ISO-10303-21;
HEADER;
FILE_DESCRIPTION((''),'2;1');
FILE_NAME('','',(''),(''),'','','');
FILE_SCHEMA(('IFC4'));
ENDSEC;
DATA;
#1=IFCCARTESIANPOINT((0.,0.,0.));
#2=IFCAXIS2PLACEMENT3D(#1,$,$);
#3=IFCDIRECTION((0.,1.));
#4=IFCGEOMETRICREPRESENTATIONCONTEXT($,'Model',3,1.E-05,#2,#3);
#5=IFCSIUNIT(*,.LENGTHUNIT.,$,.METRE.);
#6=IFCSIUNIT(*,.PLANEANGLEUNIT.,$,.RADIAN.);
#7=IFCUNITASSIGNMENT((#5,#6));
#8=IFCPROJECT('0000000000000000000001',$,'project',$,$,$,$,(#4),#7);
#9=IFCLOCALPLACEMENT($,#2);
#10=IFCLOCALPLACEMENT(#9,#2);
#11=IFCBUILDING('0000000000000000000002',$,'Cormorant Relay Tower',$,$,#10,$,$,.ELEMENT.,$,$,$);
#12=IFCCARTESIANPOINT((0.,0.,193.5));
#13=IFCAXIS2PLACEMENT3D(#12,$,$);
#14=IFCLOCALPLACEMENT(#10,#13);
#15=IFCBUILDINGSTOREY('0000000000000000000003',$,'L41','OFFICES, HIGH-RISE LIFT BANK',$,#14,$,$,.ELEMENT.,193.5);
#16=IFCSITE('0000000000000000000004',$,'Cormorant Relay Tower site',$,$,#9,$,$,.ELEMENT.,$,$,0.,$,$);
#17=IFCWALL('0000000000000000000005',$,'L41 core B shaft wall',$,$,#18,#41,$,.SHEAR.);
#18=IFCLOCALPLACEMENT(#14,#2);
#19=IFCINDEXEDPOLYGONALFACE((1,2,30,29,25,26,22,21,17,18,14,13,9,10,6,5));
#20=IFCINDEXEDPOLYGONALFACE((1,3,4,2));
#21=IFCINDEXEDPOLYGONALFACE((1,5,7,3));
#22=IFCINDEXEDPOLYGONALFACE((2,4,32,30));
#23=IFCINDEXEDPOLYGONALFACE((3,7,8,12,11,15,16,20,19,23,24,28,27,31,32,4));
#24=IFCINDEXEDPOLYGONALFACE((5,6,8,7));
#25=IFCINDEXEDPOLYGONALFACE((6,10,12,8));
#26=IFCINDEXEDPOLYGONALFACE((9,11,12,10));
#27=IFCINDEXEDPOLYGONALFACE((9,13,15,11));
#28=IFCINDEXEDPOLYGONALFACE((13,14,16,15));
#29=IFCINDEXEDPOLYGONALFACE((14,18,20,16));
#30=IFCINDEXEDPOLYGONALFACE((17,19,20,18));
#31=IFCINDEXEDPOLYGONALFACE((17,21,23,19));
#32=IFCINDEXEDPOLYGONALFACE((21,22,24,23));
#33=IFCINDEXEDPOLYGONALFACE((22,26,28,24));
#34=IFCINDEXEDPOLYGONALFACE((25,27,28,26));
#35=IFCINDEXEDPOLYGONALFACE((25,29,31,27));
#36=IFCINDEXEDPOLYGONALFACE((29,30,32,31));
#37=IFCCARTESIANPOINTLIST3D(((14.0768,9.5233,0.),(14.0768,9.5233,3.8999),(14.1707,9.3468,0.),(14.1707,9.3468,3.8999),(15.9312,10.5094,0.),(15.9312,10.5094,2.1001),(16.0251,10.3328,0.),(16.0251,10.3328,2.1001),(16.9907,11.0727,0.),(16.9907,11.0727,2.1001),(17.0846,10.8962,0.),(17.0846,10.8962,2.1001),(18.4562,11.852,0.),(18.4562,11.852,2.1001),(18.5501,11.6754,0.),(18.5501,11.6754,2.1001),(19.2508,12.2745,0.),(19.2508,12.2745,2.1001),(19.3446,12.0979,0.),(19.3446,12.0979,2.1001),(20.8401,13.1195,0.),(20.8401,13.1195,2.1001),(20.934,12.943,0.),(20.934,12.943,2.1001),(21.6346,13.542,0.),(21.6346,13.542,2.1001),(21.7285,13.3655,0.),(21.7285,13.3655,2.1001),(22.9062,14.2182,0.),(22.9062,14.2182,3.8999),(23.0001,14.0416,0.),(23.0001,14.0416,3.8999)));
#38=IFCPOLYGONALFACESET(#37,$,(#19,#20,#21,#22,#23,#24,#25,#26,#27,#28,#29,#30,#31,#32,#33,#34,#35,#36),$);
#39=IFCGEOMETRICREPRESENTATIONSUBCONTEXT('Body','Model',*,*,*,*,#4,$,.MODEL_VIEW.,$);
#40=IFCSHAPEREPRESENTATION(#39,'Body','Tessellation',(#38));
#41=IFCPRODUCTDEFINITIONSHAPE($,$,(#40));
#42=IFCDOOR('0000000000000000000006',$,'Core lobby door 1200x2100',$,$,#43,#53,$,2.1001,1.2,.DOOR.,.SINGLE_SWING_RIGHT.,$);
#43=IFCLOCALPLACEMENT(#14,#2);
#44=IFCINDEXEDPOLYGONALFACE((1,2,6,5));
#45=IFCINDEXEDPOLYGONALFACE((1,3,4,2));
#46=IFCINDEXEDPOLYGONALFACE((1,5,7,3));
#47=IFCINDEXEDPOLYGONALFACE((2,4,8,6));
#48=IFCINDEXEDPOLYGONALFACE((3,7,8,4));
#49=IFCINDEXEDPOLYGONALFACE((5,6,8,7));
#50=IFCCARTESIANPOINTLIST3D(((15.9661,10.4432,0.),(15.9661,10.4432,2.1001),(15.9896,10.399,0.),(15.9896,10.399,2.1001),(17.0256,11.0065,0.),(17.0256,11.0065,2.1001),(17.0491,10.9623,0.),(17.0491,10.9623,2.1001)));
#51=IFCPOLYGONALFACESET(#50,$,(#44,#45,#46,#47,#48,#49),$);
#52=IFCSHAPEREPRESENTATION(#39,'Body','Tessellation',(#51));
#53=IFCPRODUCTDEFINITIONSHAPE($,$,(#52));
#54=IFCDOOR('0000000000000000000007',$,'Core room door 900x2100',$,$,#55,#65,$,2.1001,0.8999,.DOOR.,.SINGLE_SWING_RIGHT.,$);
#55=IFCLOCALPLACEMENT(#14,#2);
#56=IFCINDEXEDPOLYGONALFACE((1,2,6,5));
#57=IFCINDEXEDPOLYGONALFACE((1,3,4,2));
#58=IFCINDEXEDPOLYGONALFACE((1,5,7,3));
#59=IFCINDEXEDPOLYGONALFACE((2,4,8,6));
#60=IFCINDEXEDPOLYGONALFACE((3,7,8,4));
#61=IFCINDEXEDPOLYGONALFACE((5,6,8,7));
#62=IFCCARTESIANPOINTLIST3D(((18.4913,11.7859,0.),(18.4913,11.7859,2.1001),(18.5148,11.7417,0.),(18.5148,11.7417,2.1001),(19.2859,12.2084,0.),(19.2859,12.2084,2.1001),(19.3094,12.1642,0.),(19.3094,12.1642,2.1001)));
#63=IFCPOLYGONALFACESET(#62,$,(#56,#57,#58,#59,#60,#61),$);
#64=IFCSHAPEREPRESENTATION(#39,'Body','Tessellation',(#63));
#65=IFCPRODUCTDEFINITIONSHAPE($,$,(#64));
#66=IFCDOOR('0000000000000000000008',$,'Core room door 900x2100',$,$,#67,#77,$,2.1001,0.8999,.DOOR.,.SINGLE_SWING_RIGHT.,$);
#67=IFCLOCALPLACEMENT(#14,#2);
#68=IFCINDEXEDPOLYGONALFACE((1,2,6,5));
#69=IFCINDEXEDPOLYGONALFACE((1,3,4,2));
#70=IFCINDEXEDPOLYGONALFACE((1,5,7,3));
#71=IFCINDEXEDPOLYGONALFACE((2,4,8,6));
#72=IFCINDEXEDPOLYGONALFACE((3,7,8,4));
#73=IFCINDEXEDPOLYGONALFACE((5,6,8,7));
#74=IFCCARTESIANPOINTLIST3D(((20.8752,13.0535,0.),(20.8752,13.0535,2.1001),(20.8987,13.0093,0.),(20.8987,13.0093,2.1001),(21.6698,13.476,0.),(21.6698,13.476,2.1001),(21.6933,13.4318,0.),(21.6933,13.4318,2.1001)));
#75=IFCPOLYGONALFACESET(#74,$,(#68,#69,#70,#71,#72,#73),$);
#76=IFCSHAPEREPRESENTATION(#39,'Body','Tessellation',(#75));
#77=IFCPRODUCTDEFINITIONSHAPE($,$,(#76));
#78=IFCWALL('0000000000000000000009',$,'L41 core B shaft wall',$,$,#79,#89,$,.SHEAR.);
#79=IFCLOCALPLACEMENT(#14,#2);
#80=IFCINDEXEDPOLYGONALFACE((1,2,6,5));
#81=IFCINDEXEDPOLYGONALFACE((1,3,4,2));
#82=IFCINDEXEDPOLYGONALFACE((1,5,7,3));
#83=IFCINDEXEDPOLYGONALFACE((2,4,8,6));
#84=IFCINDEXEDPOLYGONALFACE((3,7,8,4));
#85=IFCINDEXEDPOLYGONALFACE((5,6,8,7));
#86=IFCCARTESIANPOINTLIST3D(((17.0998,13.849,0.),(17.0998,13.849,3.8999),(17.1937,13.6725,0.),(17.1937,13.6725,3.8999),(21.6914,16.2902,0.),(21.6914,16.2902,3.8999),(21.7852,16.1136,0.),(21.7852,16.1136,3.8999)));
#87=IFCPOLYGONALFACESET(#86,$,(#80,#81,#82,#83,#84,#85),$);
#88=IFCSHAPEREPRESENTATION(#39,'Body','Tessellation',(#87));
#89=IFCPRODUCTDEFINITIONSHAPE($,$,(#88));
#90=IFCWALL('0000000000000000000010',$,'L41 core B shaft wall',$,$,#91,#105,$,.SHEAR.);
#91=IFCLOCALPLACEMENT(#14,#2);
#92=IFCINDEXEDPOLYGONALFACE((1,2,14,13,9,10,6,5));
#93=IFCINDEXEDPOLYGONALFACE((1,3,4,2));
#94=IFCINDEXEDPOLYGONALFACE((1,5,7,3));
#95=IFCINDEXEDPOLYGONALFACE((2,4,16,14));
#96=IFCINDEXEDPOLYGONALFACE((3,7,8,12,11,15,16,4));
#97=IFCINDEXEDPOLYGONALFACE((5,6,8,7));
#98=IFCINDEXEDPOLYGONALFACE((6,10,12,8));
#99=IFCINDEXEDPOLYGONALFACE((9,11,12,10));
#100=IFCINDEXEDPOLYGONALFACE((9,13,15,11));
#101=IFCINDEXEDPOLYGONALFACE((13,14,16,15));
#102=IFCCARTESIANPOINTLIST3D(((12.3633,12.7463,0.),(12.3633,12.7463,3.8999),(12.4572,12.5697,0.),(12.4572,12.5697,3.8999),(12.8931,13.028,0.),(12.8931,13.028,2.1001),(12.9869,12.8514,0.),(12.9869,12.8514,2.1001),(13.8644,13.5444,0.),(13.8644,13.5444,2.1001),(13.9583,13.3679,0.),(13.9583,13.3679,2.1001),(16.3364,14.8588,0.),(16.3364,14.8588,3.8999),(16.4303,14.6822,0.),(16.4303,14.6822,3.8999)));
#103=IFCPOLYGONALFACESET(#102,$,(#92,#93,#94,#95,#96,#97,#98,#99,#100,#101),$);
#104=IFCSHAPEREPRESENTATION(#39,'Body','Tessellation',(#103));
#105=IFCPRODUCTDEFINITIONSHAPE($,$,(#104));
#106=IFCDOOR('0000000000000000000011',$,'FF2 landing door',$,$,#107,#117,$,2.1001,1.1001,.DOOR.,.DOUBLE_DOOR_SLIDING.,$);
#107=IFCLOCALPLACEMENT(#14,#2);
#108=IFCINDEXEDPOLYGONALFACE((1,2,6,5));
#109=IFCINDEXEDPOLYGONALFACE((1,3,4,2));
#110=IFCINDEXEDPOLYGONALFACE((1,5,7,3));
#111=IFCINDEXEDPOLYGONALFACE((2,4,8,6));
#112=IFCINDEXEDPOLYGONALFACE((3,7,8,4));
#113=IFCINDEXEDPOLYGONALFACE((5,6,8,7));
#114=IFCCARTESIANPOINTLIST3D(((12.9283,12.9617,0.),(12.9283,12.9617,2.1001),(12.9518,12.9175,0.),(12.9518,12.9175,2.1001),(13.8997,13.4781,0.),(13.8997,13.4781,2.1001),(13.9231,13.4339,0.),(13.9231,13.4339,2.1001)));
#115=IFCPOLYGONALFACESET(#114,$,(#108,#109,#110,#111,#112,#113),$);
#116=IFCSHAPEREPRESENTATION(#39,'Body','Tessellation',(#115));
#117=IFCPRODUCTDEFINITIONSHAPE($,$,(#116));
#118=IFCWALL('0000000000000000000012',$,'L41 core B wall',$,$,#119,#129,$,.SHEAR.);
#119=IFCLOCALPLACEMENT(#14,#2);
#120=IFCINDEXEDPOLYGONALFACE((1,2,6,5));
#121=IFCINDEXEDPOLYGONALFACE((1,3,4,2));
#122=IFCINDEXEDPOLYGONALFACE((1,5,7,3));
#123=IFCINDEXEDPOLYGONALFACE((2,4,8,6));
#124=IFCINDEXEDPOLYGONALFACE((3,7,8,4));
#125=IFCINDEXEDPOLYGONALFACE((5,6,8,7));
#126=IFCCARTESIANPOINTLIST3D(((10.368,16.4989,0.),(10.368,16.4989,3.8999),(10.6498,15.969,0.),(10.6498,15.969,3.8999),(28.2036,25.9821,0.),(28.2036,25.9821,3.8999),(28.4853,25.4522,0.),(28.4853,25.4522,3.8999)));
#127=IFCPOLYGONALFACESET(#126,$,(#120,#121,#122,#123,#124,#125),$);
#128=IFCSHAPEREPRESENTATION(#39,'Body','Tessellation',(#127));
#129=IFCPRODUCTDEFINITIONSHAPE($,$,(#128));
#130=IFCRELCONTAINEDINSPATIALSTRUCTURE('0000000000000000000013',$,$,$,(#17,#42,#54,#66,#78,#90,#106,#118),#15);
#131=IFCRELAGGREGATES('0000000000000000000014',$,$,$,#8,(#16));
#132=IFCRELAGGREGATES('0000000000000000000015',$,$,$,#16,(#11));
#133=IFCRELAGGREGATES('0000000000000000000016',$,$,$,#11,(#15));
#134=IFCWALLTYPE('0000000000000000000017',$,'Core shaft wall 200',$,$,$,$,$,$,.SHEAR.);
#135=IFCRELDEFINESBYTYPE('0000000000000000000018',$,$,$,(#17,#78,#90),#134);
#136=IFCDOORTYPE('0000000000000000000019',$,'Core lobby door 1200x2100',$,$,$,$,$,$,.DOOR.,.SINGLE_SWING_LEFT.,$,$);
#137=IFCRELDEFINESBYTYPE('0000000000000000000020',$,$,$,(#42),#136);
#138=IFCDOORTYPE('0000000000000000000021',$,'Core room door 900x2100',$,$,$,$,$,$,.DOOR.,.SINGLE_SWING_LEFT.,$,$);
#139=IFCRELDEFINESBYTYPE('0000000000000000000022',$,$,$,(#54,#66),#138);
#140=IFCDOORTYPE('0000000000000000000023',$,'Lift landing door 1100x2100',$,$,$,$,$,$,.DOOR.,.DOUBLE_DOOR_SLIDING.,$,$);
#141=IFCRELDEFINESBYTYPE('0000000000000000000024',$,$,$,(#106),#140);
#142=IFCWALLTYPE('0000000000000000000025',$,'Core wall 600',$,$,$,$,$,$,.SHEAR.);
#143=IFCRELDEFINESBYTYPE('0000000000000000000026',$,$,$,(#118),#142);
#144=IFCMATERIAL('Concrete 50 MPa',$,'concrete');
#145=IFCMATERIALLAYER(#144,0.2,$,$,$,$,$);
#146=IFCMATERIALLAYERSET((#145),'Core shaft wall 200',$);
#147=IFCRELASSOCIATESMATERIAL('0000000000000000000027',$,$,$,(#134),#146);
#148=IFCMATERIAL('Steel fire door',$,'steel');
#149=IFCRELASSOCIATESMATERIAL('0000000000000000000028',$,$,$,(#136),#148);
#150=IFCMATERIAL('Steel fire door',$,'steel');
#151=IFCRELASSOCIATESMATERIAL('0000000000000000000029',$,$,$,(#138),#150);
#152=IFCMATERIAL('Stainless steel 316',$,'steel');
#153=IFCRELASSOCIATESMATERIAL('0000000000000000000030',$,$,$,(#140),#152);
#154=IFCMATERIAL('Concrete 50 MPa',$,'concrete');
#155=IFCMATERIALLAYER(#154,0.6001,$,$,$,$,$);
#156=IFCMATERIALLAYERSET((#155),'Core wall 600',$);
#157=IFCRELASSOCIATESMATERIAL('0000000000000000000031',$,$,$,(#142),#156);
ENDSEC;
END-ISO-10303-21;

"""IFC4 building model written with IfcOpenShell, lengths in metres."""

from ifc_helpers import new_model, si_unit, direction, frame, frame_2d, origin, place, context, subcontext, project, spatial, rectangle, extrude, material, layer, layer_set, type_object, element, fill, save


model = new_model("IFC4")

# Units and contexts
model_context = context("Model", 3, precision=1e-05, world=origin(), true_north=direction((0.0, 1.0)))
body_context = subcontext(model_context, "Body", "Model", "MODEL_VIEW")
ifc_project = project(units=[si_unit("LENGTHUNIT", "METRE"), si_unit("PLANEANGLEUNIT", "RADIAN")], contexts=[model_context])

# Site, building, storey
site_placement = place(None, origin())
site = spatial("IfcSite", under=ifc_project, at=site_placement, Name="Cormorant Relay Tower site", CompositionType="ELEMENT", RefElevation=0.0)
building_placement = place(site_placement, origin())
building = spatial("IfcBuilding", under=site, at=building_placement, Name="Cormorant Relay Tower", CompositionType="ELEMENT")
storey_placement = place(building_placement, frame((0.0, 0.0, 193.5)))
storey = spatial("IfcBuildingStorey", under=building, at=storey_placement, Name="L41", Description="OFFICES, HIGH-RISE LIFT BANK", CompositionType="ELEMENT", Elevation=193.5)

# Shared definitions
ifc_material_1 = material(Name="Concrete 50 MPa", Category="concrete")
ifc_layer_1 = layer(ifc_material_1, 0.2)
ifc_layer_set_1 = layer_set([ifc_layer_1], Name="Core shaft wall 200")
wall_type_1 = type_object("IfcWallType", Name="Core shaft wall 200", PredefinedType="SHEAR", material=ifc_layer_set_1)

# Wall, openings, doors
wall_1_placement = place(storey_placement, frame((14.1238, 9.4351, 0.0), z_axis=(0.0, 0.0, 1.0), x_axis=(0.88294, 0.469485, 0.0)))
wall_1 = element("IfcWall", 1, at=wall_1_placement, inside=storey, type_object=wall_type_1, Name="L41 core B shaft wall", PredefinedType="SHEAR", context=body_context, shape_type="SweptSolid", body=[
    extrude(rectangle(XDim=10.0, YDim=0.2, at=frame_2d((5.0, 0.0))), origin(), (0.0, 0.0, 1.0), 3.8999),
])
opening_1_placement = place(wall_1_placement, frame((2.1001, 0.0, 0.0)))
opening_1 = element("IfcOpeningElement", 2, at=opening_1_placement, cuts=wall_1, PredefinedType="OPENING", context=body_context, shape_type="SweptSolid", body=[
    extrude(rectangle(XDim=1.2, YDim=2.1001, at=frame_2d((0.6001, 1.05))), frame((0.0, 0.1099, 0.0), z_axis=(0.0, -1.0, 0.0), x_axis=(1.0, 0.0, 0.0)), (0.0, 0.0, 1.0), 0.22),
])
opening_2_placement = place(wall_1_placement, frame((4.96, 0.0, 0.0)))
opening_2 = element("IfcOpeningElement", 3, at=opening_2_placement, cuts=wall_1, PredefinedType="OPENING", context=body_context, shape_type="SweptSolid", body=[
    extrude(rectangle(XDim=0.8999, YDim=2.1001, at=frame_2d((0.45, 1.05))), frame((0.0, 0.1099, 0.0), z_axis=(0.0, -1.0, 0.0), x_axis=(1.0, 0.0, 0.0)), (0.0, 0.0, 1.0), 0.22),
])
opening_3_placement = place(wall_1_placement, frame((7.6599, 0.0, 0.0)))
opening_3 = element("IfcOpeningElement", 4, at=opening_3_placement, cuts=wall_1, PredefinedType="OPENING", context=body_context, shape_type="SweptSolid", body=[
    extrude(rectangle(XDim=0.8999, YDim=2.1001, at=frame_2d((0.45, 1.05))), frame((0.0, 0.1099, 0.0), z_axis=(0.0, -1.0, 0.0), x_axis=(1.0, 0.0, 0.0)), (0.0, 0.0, 1.0), 0.22),
])
ifc_material_2 = material(Name="Steel fire door", Category="steel")
door_type_1 = type_object("IfcDoorType", Name="Core lobby door 1200x2100", OperationType="SINGLE_SWING_LEFT", PredefinedType="DOOR", material=ifc_material_2)
door_1_placement = place(opening_1_placement, frame((1.2, 0.0, 0.0), z_axis=(0.0, 0.0, 1.0), x_axis=(-1.0, 0.0, 0.0)))
door_1 = element("IfcDoor", 5, at=door_1_placement, inside=storey, type_object=door_type_1, Name="Core lobby door 1200x2100", OperationType="SINGLE_SWING_RIGHT", OverallHeight=2.1001, OverallWidth=1.2, PredefinedType="DOOR", context=body_context, shape_type="SweptSolid", body=[
    extrude(rectangle(XDim=1.2, YDim=2.1001, at=frame_2d((0.6001, 1.05))), frame((0.0, 0.0249, 0.0), z_axis=(0.0, -1.0, 0.0), x_axis=(1.0, 0.0, 0.0)), (0.0, 0.0, 1.0), 0.05),
])
fill(opening_1, door_1)
ifc_material_3 = material(Name="Steel fire door", Category="steel")
door_type_2 = type_object("IfcDoorType", Name="Core room door 900x2100", OperationType="SINGLE_SWING_LEFT", PredefinedType="DOOR", material=ifc_material_3)
door_2_placement = place(opening_2_placement, frame((0.8999, 0.0, 0.0), z_axis=(0.0, 0.0, 1.0), x_axis=(-1.0, 0.0, 0.0)))
door_2 = element("IfcDoor", 6, at=door_2_placement, inside=storey, type_object=door_type_2, Name="Core room door 900x2100", OperationType="SINGLE_SWING_RIGHT", OverallHeight=2.1001, OverallWidth=0.8999, PredefinedType="DOOR", context=body_context, shape_type="SweptSolid", body=[
    extrude(rectangle(XDim=0.8999, YDim=2.1001, at=frame_2d((0.45, 1.05))), frame((0.0, 0.0249, 0.0), z_axis=(0.0, -1.0, 0.0), x_axis=(1.0, 0.0, 0.0)), (0.0, 0.0, 1.0), 0.05),
])
fill(opening_2, door_2)
door_3_placement = place(opening_3_placement, frame((0.8999, 0.0, 0.0), z_axis=(0.0, 0.0, 1.0), x_axis=(-1.0, 0.0, 0.0)))
door_3 = element("IfcDoor", 7, at=door_3_placement, inside=storey, type_object=door_type_2, Name="Core room door 900x2100", OperationType="SINGLE_SWING_RIGHT", OverallHeight=2.1001, OverallWidth=0.8999, PredefinedType="DOOR", context=body_context, shape_type="SweptSolid", body=[
    extrude(rectangle(XDim=0.8999, YDim=2.1001, at=frame_2d((0.45, 1.05))), frame((0.0, 0.0249, 0.0), z_axis=(0.0, -1.0, 0.0), x_axis=(1.0, 0.0, 0.0)), (0.0, 0.0, 1.0), 0.05),
])
fill(opening_3, door_3)

# Wall
wall_2_placement = place(storey_placement, frame((17.1467, 13.7607, 0.0), z_axis=(0.0, 0.0, 1.0), x_axis=(0.882964, 0.46944, 0.0)))
element("IfcWall", 8, at=wall_2_placement, inside=storey, type_object=wall_type_1, Name="L41 core B shaft wall", PredefinedType="SHEAR", context=body_context, shape_type="SweptSolid", body=[
    extrude(rectangle(XDim=5.2002, YDim=0.2, at=frame_2d((2.6001, 0.0))), origin(), (0.0, 0.0, 1.0), 3.8999),
])

# Wall, opening, door
wall_3_placement = place(storey_placement, frame((12.4102, 12.658, 0.0), z_axis=(0.0, 0.0, 1.0), x_axis=(0.882948, 0.46947, 0.0)))
wall_3 = element("IfcWall", 9, at=wall_3_placement, inside=storey, type_object=wall_type_1, Name="L41 core B shaft wall", PredefinedType="SHEAR", context=body_context, shape_type="SweptSolid", body=[
    extrude(rectangle(XDim=4.4998, YDim=0.2, at=frame_2d((2.25, 0.0))), origin(), (0.0, 0.0, 1.0), 3.8999),
])
opening_4_placement = place(wall_3_placement, frame((0.6001, 0.0, 0.0)))
opening_4 = element("IfcOpeningElement", 10, at=opening_4_placement, cuts=wall_3, PredefinedType="OPENING", context=body_context, shape_type="SweptSolid", body=[
    extrude(rectangle(XDim=1.1001, YDim=2.1001, at=frame_2d((0.55, 1.05))), frame((0.0, 0.1099, 0.0), z_axis=(0.0, -1.0, 0.0), x_axis=(1.0, 0.0, 0.0)), (0.0, 0.0, 1.0), 0.22),
])
ifc_material_4 = material(Name="Stainless steel 316", Category="steel")
door_type_3 = type_object("IfcDoorType", Name="Lift landing door 1100x2100", OperationType="DOUBLE_DOOR_SLIDING", PredefinedType="DOOR", material=ifc_material_4)
door_4_placement = place(opening_4_placement, origin())
door_4 = element("IfcDoor", 11, at=door_4_placement, inside=storey, type_object=door_type_3, Name="FF2 landing door", OperationType="DOUBLE_DOOR_SLIDING", OverallHeight=2.1001, OverallWidth=1.1001, PredefinedType="DOOR", context=body_context, shape_type="SweptSolid", body=[
    extrude(rectangle(XDim=1.1001, YDim=2.1001, at=frame_2d((0.55, 1.05))), frame((0.0, 0.0249, 0.0), z_axis=(0.0, -1.0, 0.0), x_axis=(1.0, 0.0, 0.0)), (0.0, 0.0, 1.0), 0.05),
])
fill(opening_4, door_4)

# Wall
ifc_material_5 = material(Name="Concrete 50 MPa", Category="concrete")
ifc_layer_2 = layer(ifc_material_5, 0.6001)
ifc_layer_set_2 = layer_set([ifc_layer_2], Name="Core wall 600")
wall_type_2 = type_object("IfcWallType", Name="Core wall 600", PredefinedType="SHEAR", material=ifc_layer_set_2)
wall_4_placement = place(storey_placement, frame((10.5088, 16.2339, 0.0), z_axis=(0.0, 0.0, 1.0), x_axis=(0.88295, 0.469467, 0.0)))
element("IfcWall", 12, at=wall_4_placement, inside=storey, type_object=wall_type_2, Name="L41 core B wall", PredefinedType="SHEAR", context=body_context, shape_type="SweptSolid", body=[
    extrude(rectangle(XDim=20.2, YDim=0.6001, at=frame_2d((10.1001, 0.0))), origin(), (0.0, 0.0, 1.0), 3.8999),
])

save(model, "model.ifc")
